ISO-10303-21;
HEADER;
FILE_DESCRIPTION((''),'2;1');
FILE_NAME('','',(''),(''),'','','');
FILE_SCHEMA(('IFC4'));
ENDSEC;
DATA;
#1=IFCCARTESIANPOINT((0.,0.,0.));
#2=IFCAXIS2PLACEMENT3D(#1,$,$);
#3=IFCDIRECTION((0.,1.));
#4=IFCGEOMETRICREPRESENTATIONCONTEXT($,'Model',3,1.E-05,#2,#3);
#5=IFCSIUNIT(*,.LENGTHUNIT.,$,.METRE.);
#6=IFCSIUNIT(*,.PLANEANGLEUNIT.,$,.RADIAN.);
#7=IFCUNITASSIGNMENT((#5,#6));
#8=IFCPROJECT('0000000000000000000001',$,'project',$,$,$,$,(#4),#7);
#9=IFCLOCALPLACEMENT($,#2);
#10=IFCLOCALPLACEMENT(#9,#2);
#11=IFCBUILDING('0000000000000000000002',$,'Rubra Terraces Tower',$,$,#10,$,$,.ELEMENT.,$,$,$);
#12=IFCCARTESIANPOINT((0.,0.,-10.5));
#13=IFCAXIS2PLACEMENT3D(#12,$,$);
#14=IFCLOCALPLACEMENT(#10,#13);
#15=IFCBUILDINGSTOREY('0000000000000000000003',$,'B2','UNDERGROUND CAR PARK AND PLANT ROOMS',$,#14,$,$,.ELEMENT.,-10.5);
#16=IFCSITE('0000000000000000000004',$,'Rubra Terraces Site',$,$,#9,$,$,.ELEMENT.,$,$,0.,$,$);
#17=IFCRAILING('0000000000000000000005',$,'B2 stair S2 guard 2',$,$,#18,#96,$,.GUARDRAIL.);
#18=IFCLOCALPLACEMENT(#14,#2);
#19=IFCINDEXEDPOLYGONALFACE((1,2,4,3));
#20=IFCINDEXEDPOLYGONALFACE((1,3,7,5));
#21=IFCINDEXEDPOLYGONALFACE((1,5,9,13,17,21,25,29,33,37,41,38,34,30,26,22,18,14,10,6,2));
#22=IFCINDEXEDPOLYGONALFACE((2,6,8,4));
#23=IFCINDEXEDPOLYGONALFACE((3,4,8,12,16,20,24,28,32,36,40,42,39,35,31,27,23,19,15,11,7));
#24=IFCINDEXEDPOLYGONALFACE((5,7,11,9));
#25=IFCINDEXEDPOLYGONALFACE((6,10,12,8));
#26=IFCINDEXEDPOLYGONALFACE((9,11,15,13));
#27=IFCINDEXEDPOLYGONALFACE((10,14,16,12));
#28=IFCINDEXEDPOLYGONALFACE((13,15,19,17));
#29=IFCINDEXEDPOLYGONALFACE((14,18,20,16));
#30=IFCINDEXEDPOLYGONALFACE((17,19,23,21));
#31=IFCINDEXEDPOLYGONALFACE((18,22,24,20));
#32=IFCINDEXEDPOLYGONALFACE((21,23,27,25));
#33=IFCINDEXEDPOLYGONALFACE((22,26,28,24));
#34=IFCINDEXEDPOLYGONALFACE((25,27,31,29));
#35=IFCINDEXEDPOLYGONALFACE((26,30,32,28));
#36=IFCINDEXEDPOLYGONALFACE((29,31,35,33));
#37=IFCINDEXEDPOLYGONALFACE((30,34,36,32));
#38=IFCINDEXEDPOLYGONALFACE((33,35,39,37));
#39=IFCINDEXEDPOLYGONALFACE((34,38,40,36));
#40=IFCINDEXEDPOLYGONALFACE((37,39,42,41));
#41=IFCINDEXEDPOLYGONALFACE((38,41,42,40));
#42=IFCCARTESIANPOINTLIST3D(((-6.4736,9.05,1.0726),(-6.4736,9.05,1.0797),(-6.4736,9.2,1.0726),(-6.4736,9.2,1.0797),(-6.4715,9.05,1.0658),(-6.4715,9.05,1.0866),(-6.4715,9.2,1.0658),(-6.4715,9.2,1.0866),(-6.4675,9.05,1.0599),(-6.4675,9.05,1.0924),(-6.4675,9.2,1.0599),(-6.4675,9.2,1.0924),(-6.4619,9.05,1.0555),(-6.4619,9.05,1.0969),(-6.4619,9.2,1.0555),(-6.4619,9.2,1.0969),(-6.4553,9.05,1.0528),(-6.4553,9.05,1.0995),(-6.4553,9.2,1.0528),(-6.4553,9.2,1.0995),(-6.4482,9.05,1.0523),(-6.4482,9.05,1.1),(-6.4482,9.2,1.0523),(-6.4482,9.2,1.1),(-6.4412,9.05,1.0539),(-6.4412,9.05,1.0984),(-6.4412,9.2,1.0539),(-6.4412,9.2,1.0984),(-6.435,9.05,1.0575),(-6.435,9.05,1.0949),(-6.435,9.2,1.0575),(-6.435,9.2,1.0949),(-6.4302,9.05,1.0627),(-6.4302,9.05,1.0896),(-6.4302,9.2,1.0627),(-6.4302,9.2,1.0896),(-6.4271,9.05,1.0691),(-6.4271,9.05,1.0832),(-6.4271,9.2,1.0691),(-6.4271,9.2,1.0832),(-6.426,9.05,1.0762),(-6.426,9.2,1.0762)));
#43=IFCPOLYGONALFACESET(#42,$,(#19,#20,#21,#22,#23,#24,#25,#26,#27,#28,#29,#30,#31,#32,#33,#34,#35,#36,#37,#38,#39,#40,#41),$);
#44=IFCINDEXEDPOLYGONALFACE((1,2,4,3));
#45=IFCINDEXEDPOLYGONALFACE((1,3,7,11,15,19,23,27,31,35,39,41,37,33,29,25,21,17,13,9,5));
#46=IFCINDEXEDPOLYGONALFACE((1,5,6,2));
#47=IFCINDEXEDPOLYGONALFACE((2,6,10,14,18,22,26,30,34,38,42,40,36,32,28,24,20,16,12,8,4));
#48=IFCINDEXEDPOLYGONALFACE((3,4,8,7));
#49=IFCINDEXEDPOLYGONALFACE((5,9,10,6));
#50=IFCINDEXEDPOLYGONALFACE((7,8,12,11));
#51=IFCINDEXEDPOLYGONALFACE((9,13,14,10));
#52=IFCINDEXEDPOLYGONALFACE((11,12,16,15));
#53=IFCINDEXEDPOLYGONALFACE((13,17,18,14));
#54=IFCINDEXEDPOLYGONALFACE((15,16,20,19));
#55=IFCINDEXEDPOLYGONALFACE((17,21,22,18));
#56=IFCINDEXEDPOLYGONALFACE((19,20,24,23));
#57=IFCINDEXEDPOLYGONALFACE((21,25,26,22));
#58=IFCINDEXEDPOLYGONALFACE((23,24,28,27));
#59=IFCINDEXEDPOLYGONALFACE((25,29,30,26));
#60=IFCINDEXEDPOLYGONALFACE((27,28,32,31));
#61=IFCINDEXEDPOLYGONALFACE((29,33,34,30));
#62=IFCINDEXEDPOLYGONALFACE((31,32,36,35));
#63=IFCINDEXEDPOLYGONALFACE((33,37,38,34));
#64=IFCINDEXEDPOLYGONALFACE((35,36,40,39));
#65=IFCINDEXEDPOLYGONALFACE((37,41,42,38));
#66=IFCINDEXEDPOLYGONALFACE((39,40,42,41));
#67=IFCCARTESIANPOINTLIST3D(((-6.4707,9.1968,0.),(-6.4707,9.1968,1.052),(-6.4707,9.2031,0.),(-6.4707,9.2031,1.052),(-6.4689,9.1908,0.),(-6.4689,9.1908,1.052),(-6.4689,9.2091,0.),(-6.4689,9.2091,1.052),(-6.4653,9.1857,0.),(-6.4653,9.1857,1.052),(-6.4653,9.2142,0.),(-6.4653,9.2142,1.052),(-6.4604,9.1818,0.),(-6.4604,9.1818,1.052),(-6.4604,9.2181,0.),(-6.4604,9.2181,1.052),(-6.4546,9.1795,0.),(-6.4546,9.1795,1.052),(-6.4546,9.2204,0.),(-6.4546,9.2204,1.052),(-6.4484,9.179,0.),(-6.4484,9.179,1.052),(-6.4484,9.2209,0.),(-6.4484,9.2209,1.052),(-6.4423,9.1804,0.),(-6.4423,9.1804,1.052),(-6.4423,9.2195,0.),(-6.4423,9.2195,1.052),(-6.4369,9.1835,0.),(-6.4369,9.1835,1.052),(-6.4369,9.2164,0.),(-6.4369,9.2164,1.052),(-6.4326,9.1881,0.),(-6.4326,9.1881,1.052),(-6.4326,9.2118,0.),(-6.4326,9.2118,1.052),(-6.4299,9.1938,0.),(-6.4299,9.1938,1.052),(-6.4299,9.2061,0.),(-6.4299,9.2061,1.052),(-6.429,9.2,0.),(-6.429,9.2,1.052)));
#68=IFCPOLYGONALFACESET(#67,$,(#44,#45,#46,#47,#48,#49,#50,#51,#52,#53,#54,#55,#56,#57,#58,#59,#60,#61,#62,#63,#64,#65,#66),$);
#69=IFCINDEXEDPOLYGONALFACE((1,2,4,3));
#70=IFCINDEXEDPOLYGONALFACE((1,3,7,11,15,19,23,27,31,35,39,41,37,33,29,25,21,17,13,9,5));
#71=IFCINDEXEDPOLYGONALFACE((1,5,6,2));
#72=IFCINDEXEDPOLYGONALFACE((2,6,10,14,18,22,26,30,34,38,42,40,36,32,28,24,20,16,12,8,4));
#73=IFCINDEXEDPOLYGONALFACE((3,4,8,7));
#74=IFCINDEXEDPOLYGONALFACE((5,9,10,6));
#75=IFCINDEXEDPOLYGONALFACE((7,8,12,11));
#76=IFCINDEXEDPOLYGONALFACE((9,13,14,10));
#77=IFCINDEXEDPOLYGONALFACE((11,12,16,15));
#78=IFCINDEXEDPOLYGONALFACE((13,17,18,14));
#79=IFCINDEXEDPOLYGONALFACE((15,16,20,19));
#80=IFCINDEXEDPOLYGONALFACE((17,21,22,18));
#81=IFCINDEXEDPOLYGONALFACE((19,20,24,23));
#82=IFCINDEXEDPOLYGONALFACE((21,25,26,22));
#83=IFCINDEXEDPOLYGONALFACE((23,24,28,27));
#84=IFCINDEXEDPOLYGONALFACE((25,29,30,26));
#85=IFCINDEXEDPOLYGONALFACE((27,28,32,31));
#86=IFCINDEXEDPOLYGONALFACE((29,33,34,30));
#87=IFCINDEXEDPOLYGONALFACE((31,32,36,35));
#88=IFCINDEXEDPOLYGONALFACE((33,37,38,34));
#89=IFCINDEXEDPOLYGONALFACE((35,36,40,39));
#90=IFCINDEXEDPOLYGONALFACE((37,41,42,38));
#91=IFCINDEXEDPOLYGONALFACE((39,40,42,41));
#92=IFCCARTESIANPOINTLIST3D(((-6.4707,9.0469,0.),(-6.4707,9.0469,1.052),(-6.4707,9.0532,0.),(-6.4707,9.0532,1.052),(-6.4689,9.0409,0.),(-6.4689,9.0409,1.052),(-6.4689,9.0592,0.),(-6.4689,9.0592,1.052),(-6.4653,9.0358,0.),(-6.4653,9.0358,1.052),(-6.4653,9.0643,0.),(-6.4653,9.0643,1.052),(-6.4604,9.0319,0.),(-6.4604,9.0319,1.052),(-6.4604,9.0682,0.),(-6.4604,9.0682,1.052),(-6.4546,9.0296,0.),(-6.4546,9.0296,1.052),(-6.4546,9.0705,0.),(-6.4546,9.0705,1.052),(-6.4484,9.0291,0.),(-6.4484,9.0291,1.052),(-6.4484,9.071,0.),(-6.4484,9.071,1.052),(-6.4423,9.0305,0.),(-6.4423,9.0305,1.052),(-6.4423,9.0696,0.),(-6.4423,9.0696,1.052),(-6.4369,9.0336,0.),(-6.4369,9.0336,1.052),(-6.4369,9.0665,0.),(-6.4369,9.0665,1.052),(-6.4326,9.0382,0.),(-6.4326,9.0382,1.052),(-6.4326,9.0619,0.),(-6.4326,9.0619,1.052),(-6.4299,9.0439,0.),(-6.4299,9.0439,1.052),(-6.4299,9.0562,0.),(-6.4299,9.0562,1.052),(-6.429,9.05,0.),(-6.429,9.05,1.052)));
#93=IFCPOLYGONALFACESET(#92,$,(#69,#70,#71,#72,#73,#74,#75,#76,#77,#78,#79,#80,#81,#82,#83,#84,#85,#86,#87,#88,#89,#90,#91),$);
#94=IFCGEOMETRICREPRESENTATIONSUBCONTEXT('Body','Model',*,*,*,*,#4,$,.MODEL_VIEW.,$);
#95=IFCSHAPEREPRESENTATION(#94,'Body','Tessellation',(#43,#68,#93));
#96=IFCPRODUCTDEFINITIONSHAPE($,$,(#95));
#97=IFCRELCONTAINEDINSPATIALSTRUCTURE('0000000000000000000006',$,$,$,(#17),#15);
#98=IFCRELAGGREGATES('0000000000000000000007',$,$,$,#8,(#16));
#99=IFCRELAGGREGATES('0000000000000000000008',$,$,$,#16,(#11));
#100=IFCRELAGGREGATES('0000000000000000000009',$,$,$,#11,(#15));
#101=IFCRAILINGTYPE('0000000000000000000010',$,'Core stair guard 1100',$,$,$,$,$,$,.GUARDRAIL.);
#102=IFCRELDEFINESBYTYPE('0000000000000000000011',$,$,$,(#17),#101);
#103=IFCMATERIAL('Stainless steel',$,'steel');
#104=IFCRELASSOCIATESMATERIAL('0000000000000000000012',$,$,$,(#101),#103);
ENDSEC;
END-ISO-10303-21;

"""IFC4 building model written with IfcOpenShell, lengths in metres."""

from ifc_helpers import new_model, si_unit, direction, frame, origin, origin_2d, place, context, subcontext, project, spatial, circle, extrude, material, type_object, element, save


model = new_model("IFC4")

# Units and contexts
model_context = context("Model", 3, precision=1e-05, world=origin(), true_north=direction((0.0, 1.0)))
body_context = subcontext(model_context, "Body", "Model", "MODEL_VIEW")
ifc_project = project(units=[si_unit("LENGTHUNIT", "METRE"), si_unit("PLANEANGLEUNIT", "RADIAN")], contexts=[model_context])

# Site, building, storey
site_placement = place(None, origin())
site = spatial("IfcSite", under=ifc_project, at=site_placement, Name="Rubra Terraces Site", CompositionType="ELEMENT", RefElevation=0.0)
building_placement = place(site_placement, origin())
building = spatial("IfcBuilding", under=site, at=building_placement, Name="Rubra Terraces Tower", CompositionType="ELEMENT")
storey_placement = place(building_placement, frame((0.0, 0.0, -10.5)))
storey = spatial("IfcBuildingStorey", under=building, at=storey_placement, Name="B2", Description="UNDERGROUND CAR PARK AND PLANT ROOMS", CompositionType="ELEMENT", Elevation=-10.5)

# Shared definitions
ifc_material_1 = material(Name="Stainless steel", Category="steel")

# Railing
railing_type_1 = type_object("IfcRailingType", Name="Core stair guard 1100", PredefinedType="GUARDRAIL", material=ifc_material_1)
railing_1_placement = place(storey_placement, frame((-6.45, 9.2, 0.0)))
element("IfcRailing", 1, at=railing_1_placement, inside=storey, type_object=railing_type_1, Name="B2 stair S2 guard 2", PredefinedType="GUARDRAIL", context=body_context, shape_type="SweptSolid", body=[
    extrude(circle(Radius=0.0239, at=origin_2d()), frame((0.0, 0.0, 1.0762), z_axis=(0.0, -1.0, 0.0), x_axis=(1.0, 0.0, 0.0)), (0.0, 0.0, 1.0), 0.1499),
    extrude(circle(Radius=0.021, at=origin_2d()), origin(), (0.0, 0.0, 1.0), 1.052),
    extrude(circle(Radius=0.021, at=origin_2d()), frame((0.0, -0.1499, 0.0)), (0.0, 0.0, 1.0), 1.052),
])

save(model, "model.ifc")
